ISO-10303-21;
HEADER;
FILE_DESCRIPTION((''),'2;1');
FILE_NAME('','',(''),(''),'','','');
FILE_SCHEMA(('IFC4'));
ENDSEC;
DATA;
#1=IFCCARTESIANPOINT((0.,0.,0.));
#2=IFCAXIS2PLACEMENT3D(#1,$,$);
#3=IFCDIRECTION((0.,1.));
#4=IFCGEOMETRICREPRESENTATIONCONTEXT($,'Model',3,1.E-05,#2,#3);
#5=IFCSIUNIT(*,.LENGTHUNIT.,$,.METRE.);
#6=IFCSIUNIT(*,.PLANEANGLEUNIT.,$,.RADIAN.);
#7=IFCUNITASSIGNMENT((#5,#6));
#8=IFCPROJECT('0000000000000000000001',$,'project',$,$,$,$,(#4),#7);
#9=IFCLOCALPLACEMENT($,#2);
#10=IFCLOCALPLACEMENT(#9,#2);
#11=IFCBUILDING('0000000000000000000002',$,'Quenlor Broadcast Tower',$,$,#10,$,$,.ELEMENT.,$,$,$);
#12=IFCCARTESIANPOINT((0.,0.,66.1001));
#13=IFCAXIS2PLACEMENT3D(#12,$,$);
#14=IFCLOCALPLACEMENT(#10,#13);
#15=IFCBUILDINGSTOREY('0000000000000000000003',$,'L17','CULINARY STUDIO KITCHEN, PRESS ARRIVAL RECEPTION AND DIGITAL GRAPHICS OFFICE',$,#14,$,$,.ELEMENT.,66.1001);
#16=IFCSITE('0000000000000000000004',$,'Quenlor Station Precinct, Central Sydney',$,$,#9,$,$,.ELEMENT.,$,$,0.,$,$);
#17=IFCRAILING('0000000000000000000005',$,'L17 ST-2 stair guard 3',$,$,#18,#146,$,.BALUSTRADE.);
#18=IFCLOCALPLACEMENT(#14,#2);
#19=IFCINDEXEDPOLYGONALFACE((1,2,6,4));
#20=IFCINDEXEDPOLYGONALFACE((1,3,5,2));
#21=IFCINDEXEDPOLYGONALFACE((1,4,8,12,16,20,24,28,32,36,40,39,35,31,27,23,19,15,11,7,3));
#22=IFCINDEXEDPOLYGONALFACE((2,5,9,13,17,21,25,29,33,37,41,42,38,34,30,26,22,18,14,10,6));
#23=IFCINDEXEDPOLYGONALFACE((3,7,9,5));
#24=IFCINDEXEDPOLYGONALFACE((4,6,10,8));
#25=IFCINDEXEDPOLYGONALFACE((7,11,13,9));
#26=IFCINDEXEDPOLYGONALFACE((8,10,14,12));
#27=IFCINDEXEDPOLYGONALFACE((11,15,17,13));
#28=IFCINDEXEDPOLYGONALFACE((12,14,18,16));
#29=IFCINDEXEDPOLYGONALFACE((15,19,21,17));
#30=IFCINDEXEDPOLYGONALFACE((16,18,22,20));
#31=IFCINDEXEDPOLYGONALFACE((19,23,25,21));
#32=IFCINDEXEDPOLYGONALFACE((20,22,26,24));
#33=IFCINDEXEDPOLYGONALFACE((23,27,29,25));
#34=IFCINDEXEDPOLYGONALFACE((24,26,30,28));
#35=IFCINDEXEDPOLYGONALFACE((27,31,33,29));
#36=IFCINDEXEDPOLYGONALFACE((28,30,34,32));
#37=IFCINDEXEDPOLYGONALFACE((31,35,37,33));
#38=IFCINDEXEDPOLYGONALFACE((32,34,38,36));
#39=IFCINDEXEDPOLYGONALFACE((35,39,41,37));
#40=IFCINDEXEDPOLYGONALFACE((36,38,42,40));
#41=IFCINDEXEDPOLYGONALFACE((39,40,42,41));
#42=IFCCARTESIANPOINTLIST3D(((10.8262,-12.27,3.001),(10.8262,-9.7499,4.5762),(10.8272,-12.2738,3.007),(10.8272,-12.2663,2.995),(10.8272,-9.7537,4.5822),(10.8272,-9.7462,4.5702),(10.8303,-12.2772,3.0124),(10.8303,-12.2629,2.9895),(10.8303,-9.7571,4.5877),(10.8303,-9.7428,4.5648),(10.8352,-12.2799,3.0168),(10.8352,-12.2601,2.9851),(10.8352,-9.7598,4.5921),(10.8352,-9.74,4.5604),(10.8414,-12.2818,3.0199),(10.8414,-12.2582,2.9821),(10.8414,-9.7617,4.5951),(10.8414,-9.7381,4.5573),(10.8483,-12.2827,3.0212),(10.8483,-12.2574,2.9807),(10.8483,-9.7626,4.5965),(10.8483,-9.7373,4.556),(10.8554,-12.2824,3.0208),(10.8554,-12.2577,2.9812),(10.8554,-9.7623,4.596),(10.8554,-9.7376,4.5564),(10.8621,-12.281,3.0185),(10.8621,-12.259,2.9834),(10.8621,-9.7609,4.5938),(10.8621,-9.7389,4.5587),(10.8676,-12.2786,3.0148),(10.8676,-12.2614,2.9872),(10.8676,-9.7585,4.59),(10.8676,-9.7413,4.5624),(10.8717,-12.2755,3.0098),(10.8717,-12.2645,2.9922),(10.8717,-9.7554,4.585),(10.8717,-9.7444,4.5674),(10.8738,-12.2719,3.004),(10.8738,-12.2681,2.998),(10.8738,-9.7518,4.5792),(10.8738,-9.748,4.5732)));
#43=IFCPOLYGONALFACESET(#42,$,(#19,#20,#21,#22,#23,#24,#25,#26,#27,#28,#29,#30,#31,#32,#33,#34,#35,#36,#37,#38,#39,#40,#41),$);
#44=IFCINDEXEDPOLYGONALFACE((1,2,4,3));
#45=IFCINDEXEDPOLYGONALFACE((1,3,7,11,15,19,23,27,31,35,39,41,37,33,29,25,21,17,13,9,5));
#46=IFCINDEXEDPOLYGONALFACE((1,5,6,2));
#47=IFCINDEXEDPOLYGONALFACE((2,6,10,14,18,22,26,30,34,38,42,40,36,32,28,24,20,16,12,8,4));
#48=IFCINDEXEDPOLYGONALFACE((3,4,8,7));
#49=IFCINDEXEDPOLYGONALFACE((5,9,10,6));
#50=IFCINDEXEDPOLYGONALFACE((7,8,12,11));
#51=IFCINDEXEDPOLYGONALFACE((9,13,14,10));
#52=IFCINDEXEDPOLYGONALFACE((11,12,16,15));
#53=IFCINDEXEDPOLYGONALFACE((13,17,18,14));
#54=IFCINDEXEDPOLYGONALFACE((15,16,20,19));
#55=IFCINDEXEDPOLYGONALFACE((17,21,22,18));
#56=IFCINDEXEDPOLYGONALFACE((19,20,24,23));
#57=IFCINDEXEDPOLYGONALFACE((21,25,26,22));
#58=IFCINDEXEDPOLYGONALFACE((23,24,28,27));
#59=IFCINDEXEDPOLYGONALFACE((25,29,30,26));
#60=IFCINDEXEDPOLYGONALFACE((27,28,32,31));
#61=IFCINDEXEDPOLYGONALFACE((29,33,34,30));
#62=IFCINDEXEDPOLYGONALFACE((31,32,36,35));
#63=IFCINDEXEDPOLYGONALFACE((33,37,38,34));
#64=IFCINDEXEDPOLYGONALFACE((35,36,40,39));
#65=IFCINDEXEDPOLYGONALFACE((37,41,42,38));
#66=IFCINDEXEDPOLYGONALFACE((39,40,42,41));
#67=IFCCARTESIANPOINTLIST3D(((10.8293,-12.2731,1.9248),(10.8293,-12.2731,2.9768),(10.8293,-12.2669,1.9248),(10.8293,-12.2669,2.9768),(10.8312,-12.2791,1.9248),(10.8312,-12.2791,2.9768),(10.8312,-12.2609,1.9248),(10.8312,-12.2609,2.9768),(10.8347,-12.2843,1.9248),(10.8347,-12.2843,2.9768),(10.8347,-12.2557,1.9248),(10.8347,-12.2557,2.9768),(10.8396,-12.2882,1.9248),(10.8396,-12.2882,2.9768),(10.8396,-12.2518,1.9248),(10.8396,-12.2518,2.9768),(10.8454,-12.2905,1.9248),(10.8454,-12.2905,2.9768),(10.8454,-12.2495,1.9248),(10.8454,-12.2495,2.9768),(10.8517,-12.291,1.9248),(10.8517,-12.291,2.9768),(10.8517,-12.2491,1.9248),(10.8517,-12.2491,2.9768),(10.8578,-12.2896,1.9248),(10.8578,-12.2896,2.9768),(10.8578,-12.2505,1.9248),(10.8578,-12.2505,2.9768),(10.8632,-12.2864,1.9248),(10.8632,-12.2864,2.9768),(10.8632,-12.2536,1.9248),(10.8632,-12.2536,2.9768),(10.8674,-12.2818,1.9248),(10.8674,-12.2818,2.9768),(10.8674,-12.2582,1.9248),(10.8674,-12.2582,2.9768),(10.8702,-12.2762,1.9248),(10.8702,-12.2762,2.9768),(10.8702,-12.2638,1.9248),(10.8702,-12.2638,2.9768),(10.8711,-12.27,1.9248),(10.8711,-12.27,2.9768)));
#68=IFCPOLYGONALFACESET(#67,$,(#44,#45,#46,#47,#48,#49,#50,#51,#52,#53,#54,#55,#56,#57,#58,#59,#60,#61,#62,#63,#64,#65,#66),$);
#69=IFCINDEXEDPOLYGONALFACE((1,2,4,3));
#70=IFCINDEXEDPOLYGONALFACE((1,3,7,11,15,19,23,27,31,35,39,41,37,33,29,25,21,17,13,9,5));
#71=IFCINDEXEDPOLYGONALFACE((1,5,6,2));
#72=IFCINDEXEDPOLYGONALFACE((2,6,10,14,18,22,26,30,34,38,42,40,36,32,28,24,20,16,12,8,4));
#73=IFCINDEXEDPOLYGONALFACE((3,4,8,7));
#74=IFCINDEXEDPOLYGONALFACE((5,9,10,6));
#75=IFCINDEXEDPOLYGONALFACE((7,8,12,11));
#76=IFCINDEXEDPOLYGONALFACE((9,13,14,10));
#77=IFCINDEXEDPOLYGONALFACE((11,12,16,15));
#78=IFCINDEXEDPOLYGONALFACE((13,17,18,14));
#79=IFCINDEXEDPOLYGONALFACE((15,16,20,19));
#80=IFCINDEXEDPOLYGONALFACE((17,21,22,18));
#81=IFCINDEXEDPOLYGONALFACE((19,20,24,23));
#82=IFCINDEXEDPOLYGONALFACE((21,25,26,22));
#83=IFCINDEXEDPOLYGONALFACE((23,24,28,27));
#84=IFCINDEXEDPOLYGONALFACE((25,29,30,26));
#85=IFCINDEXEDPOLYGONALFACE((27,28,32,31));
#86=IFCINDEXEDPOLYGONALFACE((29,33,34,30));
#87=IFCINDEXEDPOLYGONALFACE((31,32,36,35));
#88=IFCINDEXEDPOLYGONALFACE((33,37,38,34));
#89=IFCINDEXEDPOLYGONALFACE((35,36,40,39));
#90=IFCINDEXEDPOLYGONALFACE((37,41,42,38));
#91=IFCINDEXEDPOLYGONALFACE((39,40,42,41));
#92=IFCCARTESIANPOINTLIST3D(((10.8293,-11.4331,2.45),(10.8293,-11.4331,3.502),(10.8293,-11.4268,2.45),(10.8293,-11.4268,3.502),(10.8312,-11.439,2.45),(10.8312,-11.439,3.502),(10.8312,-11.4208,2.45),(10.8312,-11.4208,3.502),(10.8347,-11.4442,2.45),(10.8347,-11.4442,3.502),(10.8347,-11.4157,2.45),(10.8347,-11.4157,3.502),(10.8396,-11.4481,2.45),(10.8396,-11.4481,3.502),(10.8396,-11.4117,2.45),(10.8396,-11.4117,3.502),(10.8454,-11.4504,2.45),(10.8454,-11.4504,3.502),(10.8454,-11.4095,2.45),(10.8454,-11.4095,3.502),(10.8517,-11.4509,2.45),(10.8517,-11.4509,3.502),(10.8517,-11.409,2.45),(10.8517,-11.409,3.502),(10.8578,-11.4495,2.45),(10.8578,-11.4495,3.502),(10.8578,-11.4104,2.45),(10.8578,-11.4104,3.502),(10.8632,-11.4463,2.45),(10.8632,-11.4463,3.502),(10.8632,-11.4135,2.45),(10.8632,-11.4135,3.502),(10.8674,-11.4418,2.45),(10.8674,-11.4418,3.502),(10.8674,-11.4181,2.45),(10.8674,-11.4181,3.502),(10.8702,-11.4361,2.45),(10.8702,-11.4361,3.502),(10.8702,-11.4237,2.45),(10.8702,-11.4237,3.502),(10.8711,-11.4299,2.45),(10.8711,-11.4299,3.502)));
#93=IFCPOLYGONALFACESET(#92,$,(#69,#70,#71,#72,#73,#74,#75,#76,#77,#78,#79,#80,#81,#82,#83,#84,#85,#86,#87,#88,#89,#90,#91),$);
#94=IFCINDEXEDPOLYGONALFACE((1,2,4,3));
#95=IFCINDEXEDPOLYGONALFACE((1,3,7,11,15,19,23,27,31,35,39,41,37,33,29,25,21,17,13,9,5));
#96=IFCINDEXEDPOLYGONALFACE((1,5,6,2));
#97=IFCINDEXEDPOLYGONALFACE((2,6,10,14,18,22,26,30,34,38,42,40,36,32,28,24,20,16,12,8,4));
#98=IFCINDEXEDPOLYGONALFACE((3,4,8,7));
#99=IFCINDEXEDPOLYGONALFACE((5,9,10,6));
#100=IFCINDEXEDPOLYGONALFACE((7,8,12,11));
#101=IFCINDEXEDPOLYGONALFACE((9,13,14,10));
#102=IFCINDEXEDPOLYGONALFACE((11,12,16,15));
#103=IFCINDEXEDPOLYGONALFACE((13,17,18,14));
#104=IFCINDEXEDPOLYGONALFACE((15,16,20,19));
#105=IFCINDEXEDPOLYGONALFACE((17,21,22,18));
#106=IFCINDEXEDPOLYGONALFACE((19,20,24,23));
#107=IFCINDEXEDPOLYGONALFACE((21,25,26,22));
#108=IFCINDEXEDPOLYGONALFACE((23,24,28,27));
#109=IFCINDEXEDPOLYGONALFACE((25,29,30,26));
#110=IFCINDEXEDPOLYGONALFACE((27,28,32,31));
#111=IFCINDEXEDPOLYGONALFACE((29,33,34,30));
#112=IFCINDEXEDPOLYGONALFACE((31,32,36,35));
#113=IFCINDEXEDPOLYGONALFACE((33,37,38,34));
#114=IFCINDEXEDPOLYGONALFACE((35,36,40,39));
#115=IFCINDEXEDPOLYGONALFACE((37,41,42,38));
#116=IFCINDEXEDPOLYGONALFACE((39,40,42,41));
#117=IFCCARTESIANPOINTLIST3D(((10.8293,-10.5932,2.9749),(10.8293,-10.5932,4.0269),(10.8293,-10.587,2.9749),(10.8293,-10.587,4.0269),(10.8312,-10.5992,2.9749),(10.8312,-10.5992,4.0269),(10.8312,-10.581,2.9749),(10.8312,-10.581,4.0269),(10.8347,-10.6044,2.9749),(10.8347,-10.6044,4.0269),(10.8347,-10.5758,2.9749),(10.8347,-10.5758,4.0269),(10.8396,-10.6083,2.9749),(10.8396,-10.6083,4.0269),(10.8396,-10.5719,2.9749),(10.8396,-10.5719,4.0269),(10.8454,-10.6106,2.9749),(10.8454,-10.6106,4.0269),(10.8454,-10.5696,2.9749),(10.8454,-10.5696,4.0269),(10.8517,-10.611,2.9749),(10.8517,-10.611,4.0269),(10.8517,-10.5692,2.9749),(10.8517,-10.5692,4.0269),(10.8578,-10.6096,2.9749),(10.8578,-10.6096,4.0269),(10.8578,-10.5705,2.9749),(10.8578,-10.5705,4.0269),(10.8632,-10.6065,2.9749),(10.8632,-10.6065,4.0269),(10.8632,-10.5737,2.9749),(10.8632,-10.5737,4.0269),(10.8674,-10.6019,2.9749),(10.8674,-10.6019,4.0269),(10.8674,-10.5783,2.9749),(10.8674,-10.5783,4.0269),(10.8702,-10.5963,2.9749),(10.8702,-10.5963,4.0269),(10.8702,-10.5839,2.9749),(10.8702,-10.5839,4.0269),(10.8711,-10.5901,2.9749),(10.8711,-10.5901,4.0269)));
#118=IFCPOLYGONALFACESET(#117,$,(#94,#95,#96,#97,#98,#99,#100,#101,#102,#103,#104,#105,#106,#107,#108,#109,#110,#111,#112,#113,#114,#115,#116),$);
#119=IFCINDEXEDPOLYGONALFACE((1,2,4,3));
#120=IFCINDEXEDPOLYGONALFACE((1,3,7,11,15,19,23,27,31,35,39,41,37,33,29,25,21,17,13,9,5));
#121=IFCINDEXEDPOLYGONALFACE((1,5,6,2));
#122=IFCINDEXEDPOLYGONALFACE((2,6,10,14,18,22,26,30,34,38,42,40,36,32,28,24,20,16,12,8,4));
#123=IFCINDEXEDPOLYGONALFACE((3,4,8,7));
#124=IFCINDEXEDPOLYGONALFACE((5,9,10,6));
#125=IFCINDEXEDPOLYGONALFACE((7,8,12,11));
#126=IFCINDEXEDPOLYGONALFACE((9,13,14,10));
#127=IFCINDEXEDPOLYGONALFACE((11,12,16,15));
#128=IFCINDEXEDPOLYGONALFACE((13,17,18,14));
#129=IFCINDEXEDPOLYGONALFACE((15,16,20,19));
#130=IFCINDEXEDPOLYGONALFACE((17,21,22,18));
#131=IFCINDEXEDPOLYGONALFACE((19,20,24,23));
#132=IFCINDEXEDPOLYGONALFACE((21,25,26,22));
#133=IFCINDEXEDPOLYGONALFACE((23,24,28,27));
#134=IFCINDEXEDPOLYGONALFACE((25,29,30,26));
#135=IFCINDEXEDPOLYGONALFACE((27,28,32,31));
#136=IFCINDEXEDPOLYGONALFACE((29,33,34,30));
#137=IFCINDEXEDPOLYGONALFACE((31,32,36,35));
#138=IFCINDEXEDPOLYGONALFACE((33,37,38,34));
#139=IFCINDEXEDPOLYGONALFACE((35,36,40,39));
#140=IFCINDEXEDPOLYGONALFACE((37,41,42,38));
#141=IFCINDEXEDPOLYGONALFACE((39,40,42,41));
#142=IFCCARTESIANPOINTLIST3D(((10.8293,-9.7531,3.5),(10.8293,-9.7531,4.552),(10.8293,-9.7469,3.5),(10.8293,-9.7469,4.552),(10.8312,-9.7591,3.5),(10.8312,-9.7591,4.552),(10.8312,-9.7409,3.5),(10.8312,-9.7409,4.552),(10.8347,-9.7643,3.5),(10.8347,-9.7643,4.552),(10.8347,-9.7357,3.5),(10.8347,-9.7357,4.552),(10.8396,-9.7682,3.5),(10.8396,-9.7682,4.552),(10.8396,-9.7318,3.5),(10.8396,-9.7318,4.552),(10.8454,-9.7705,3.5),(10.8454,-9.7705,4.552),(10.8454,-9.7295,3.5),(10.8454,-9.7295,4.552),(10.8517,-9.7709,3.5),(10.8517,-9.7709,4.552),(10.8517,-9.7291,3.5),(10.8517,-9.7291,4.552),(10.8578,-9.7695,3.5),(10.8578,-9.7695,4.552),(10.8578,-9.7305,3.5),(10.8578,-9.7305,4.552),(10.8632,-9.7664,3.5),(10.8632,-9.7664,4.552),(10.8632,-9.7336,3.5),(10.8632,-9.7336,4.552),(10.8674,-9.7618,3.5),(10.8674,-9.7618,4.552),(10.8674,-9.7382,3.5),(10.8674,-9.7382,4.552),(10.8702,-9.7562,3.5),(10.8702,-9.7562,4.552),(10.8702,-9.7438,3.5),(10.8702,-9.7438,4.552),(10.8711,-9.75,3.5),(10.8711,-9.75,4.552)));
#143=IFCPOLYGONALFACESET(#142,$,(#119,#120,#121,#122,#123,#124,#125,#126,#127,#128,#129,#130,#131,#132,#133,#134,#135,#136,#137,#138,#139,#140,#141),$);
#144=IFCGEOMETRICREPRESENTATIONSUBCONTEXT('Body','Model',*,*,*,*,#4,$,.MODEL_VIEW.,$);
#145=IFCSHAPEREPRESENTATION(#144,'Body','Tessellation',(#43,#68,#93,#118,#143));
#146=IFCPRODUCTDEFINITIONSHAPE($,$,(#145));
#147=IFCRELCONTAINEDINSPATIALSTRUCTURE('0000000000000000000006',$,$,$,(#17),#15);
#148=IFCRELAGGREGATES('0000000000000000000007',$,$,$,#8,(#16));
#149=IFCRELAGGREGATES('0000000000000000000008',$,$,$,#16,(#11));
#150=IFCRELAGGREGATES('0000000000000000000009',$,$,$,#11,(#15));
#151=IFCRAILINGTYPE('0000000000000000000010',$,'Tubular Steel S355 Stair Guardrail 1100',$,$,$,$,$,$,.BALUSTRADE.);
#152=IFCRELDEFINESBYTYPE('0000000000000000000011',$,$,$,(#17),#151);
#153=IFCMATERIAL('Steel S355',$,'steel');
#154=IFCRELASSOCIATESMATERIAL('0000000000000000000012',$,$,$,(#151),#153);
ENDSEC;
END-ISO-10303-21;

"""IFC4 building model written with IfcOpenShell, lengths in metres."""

from ifc_helpers import new_model, si_unit, direction, frame, origin, origin_2d, place, context, subcontext, project, spatial, circle, extrude, material, type_object, element, save


model = new_model("IFC4")

# Units and contexts
model_context = context("Model", 3, precision=1e-05, world=origin(), true_north=direction((0.0, 1.0)))
body_context = subcontext(model_context, "Body", "Model", "MODEL_VIEW")
ifc_project = project(units=[si_unit("LENGTHUNIT", "METRE"), si_unit("PLANEANGLEUNIT", "RADIAN")], contexts=[model_context])

# Site, building, storey
site_placement = place(None, origin())
site = spatial("IfcSite", under=ifc_project, at=site_placement, Name="Quenlor Station Precinct, Central Sydney", CompositionType="ELEMENT", RefElevation=0.0)
building_placement = place(site_placement, origin())
building = spatial("IfcBuilding", under=site, at=building_placement, Name="Quenlor Broadcast Tower", CompositionType="ELEMENT")
storey_placement = place(building_placement, frame((0.0, 0.0, 66.1001)))
storey = spatial("IfcBuildingStorey", under=building, at=storey_placement, Name="L17", Description="CULINARY STUDIO KITCHEN, PRESS ARRIVAL RECEPTION AND DIGITAL GRAPHICS OFFICE", CompositionType="ELEMENT", Elevation=66.1001)

# Railing
ifc_material_1 = material(Name="Steel S355", Category="steel")
railing_type_1 = type_object("IfcRailingType", Name="Tubular Steel S355 Stair Guardrail 1100", PredefinedType="BALUSTRADE", material=ifc_material_1)
railing_1_placement = place(storey_placement, frame((10.8501, -12.27, 1.9248)))
element("IfcRailing", 1, at=railing_1_placement, inside=storey, type_object=railing_type_1, Name="L17 ST-2 stair guard 3", PredefinedType="BALUSTRADE", context=body_context, shape_type="SweptSolid", body=[
    extrude(circle(Radius=0.0239, at=origin_2d()), frame((0.0, 0.0, 1.0762), z_axis=(0.0, 0.847971, 0.530043), x_axis=(-1.0, 0.0, 0.0)), (0.0, 0.0, 1.0), 2.9719),
    extrude(circle(Radius=0.021, at=origin_2d()), origin(), (0.0, 0.0, 1.0), 1.052),
    extrude(circle(Radius=0.021, at=origin_2d()), frame((0.0, 0.8401, 0.5251)), (0.0, 0.0, 1.0), 1.052),
    extrude(circle(Radius=0.021, at=origin_2d()), frame((0.0, 1.6799, 1.05)), (0.0, 0.0, 1.0), 1.052),
    extrude(circle(Radius=0.021, at=origin_2d()), frame((0.0, 2.52, 1.5752)), (0.0, 0.0, 1.0), 1.052),
])

save(model, "model.ifc")
